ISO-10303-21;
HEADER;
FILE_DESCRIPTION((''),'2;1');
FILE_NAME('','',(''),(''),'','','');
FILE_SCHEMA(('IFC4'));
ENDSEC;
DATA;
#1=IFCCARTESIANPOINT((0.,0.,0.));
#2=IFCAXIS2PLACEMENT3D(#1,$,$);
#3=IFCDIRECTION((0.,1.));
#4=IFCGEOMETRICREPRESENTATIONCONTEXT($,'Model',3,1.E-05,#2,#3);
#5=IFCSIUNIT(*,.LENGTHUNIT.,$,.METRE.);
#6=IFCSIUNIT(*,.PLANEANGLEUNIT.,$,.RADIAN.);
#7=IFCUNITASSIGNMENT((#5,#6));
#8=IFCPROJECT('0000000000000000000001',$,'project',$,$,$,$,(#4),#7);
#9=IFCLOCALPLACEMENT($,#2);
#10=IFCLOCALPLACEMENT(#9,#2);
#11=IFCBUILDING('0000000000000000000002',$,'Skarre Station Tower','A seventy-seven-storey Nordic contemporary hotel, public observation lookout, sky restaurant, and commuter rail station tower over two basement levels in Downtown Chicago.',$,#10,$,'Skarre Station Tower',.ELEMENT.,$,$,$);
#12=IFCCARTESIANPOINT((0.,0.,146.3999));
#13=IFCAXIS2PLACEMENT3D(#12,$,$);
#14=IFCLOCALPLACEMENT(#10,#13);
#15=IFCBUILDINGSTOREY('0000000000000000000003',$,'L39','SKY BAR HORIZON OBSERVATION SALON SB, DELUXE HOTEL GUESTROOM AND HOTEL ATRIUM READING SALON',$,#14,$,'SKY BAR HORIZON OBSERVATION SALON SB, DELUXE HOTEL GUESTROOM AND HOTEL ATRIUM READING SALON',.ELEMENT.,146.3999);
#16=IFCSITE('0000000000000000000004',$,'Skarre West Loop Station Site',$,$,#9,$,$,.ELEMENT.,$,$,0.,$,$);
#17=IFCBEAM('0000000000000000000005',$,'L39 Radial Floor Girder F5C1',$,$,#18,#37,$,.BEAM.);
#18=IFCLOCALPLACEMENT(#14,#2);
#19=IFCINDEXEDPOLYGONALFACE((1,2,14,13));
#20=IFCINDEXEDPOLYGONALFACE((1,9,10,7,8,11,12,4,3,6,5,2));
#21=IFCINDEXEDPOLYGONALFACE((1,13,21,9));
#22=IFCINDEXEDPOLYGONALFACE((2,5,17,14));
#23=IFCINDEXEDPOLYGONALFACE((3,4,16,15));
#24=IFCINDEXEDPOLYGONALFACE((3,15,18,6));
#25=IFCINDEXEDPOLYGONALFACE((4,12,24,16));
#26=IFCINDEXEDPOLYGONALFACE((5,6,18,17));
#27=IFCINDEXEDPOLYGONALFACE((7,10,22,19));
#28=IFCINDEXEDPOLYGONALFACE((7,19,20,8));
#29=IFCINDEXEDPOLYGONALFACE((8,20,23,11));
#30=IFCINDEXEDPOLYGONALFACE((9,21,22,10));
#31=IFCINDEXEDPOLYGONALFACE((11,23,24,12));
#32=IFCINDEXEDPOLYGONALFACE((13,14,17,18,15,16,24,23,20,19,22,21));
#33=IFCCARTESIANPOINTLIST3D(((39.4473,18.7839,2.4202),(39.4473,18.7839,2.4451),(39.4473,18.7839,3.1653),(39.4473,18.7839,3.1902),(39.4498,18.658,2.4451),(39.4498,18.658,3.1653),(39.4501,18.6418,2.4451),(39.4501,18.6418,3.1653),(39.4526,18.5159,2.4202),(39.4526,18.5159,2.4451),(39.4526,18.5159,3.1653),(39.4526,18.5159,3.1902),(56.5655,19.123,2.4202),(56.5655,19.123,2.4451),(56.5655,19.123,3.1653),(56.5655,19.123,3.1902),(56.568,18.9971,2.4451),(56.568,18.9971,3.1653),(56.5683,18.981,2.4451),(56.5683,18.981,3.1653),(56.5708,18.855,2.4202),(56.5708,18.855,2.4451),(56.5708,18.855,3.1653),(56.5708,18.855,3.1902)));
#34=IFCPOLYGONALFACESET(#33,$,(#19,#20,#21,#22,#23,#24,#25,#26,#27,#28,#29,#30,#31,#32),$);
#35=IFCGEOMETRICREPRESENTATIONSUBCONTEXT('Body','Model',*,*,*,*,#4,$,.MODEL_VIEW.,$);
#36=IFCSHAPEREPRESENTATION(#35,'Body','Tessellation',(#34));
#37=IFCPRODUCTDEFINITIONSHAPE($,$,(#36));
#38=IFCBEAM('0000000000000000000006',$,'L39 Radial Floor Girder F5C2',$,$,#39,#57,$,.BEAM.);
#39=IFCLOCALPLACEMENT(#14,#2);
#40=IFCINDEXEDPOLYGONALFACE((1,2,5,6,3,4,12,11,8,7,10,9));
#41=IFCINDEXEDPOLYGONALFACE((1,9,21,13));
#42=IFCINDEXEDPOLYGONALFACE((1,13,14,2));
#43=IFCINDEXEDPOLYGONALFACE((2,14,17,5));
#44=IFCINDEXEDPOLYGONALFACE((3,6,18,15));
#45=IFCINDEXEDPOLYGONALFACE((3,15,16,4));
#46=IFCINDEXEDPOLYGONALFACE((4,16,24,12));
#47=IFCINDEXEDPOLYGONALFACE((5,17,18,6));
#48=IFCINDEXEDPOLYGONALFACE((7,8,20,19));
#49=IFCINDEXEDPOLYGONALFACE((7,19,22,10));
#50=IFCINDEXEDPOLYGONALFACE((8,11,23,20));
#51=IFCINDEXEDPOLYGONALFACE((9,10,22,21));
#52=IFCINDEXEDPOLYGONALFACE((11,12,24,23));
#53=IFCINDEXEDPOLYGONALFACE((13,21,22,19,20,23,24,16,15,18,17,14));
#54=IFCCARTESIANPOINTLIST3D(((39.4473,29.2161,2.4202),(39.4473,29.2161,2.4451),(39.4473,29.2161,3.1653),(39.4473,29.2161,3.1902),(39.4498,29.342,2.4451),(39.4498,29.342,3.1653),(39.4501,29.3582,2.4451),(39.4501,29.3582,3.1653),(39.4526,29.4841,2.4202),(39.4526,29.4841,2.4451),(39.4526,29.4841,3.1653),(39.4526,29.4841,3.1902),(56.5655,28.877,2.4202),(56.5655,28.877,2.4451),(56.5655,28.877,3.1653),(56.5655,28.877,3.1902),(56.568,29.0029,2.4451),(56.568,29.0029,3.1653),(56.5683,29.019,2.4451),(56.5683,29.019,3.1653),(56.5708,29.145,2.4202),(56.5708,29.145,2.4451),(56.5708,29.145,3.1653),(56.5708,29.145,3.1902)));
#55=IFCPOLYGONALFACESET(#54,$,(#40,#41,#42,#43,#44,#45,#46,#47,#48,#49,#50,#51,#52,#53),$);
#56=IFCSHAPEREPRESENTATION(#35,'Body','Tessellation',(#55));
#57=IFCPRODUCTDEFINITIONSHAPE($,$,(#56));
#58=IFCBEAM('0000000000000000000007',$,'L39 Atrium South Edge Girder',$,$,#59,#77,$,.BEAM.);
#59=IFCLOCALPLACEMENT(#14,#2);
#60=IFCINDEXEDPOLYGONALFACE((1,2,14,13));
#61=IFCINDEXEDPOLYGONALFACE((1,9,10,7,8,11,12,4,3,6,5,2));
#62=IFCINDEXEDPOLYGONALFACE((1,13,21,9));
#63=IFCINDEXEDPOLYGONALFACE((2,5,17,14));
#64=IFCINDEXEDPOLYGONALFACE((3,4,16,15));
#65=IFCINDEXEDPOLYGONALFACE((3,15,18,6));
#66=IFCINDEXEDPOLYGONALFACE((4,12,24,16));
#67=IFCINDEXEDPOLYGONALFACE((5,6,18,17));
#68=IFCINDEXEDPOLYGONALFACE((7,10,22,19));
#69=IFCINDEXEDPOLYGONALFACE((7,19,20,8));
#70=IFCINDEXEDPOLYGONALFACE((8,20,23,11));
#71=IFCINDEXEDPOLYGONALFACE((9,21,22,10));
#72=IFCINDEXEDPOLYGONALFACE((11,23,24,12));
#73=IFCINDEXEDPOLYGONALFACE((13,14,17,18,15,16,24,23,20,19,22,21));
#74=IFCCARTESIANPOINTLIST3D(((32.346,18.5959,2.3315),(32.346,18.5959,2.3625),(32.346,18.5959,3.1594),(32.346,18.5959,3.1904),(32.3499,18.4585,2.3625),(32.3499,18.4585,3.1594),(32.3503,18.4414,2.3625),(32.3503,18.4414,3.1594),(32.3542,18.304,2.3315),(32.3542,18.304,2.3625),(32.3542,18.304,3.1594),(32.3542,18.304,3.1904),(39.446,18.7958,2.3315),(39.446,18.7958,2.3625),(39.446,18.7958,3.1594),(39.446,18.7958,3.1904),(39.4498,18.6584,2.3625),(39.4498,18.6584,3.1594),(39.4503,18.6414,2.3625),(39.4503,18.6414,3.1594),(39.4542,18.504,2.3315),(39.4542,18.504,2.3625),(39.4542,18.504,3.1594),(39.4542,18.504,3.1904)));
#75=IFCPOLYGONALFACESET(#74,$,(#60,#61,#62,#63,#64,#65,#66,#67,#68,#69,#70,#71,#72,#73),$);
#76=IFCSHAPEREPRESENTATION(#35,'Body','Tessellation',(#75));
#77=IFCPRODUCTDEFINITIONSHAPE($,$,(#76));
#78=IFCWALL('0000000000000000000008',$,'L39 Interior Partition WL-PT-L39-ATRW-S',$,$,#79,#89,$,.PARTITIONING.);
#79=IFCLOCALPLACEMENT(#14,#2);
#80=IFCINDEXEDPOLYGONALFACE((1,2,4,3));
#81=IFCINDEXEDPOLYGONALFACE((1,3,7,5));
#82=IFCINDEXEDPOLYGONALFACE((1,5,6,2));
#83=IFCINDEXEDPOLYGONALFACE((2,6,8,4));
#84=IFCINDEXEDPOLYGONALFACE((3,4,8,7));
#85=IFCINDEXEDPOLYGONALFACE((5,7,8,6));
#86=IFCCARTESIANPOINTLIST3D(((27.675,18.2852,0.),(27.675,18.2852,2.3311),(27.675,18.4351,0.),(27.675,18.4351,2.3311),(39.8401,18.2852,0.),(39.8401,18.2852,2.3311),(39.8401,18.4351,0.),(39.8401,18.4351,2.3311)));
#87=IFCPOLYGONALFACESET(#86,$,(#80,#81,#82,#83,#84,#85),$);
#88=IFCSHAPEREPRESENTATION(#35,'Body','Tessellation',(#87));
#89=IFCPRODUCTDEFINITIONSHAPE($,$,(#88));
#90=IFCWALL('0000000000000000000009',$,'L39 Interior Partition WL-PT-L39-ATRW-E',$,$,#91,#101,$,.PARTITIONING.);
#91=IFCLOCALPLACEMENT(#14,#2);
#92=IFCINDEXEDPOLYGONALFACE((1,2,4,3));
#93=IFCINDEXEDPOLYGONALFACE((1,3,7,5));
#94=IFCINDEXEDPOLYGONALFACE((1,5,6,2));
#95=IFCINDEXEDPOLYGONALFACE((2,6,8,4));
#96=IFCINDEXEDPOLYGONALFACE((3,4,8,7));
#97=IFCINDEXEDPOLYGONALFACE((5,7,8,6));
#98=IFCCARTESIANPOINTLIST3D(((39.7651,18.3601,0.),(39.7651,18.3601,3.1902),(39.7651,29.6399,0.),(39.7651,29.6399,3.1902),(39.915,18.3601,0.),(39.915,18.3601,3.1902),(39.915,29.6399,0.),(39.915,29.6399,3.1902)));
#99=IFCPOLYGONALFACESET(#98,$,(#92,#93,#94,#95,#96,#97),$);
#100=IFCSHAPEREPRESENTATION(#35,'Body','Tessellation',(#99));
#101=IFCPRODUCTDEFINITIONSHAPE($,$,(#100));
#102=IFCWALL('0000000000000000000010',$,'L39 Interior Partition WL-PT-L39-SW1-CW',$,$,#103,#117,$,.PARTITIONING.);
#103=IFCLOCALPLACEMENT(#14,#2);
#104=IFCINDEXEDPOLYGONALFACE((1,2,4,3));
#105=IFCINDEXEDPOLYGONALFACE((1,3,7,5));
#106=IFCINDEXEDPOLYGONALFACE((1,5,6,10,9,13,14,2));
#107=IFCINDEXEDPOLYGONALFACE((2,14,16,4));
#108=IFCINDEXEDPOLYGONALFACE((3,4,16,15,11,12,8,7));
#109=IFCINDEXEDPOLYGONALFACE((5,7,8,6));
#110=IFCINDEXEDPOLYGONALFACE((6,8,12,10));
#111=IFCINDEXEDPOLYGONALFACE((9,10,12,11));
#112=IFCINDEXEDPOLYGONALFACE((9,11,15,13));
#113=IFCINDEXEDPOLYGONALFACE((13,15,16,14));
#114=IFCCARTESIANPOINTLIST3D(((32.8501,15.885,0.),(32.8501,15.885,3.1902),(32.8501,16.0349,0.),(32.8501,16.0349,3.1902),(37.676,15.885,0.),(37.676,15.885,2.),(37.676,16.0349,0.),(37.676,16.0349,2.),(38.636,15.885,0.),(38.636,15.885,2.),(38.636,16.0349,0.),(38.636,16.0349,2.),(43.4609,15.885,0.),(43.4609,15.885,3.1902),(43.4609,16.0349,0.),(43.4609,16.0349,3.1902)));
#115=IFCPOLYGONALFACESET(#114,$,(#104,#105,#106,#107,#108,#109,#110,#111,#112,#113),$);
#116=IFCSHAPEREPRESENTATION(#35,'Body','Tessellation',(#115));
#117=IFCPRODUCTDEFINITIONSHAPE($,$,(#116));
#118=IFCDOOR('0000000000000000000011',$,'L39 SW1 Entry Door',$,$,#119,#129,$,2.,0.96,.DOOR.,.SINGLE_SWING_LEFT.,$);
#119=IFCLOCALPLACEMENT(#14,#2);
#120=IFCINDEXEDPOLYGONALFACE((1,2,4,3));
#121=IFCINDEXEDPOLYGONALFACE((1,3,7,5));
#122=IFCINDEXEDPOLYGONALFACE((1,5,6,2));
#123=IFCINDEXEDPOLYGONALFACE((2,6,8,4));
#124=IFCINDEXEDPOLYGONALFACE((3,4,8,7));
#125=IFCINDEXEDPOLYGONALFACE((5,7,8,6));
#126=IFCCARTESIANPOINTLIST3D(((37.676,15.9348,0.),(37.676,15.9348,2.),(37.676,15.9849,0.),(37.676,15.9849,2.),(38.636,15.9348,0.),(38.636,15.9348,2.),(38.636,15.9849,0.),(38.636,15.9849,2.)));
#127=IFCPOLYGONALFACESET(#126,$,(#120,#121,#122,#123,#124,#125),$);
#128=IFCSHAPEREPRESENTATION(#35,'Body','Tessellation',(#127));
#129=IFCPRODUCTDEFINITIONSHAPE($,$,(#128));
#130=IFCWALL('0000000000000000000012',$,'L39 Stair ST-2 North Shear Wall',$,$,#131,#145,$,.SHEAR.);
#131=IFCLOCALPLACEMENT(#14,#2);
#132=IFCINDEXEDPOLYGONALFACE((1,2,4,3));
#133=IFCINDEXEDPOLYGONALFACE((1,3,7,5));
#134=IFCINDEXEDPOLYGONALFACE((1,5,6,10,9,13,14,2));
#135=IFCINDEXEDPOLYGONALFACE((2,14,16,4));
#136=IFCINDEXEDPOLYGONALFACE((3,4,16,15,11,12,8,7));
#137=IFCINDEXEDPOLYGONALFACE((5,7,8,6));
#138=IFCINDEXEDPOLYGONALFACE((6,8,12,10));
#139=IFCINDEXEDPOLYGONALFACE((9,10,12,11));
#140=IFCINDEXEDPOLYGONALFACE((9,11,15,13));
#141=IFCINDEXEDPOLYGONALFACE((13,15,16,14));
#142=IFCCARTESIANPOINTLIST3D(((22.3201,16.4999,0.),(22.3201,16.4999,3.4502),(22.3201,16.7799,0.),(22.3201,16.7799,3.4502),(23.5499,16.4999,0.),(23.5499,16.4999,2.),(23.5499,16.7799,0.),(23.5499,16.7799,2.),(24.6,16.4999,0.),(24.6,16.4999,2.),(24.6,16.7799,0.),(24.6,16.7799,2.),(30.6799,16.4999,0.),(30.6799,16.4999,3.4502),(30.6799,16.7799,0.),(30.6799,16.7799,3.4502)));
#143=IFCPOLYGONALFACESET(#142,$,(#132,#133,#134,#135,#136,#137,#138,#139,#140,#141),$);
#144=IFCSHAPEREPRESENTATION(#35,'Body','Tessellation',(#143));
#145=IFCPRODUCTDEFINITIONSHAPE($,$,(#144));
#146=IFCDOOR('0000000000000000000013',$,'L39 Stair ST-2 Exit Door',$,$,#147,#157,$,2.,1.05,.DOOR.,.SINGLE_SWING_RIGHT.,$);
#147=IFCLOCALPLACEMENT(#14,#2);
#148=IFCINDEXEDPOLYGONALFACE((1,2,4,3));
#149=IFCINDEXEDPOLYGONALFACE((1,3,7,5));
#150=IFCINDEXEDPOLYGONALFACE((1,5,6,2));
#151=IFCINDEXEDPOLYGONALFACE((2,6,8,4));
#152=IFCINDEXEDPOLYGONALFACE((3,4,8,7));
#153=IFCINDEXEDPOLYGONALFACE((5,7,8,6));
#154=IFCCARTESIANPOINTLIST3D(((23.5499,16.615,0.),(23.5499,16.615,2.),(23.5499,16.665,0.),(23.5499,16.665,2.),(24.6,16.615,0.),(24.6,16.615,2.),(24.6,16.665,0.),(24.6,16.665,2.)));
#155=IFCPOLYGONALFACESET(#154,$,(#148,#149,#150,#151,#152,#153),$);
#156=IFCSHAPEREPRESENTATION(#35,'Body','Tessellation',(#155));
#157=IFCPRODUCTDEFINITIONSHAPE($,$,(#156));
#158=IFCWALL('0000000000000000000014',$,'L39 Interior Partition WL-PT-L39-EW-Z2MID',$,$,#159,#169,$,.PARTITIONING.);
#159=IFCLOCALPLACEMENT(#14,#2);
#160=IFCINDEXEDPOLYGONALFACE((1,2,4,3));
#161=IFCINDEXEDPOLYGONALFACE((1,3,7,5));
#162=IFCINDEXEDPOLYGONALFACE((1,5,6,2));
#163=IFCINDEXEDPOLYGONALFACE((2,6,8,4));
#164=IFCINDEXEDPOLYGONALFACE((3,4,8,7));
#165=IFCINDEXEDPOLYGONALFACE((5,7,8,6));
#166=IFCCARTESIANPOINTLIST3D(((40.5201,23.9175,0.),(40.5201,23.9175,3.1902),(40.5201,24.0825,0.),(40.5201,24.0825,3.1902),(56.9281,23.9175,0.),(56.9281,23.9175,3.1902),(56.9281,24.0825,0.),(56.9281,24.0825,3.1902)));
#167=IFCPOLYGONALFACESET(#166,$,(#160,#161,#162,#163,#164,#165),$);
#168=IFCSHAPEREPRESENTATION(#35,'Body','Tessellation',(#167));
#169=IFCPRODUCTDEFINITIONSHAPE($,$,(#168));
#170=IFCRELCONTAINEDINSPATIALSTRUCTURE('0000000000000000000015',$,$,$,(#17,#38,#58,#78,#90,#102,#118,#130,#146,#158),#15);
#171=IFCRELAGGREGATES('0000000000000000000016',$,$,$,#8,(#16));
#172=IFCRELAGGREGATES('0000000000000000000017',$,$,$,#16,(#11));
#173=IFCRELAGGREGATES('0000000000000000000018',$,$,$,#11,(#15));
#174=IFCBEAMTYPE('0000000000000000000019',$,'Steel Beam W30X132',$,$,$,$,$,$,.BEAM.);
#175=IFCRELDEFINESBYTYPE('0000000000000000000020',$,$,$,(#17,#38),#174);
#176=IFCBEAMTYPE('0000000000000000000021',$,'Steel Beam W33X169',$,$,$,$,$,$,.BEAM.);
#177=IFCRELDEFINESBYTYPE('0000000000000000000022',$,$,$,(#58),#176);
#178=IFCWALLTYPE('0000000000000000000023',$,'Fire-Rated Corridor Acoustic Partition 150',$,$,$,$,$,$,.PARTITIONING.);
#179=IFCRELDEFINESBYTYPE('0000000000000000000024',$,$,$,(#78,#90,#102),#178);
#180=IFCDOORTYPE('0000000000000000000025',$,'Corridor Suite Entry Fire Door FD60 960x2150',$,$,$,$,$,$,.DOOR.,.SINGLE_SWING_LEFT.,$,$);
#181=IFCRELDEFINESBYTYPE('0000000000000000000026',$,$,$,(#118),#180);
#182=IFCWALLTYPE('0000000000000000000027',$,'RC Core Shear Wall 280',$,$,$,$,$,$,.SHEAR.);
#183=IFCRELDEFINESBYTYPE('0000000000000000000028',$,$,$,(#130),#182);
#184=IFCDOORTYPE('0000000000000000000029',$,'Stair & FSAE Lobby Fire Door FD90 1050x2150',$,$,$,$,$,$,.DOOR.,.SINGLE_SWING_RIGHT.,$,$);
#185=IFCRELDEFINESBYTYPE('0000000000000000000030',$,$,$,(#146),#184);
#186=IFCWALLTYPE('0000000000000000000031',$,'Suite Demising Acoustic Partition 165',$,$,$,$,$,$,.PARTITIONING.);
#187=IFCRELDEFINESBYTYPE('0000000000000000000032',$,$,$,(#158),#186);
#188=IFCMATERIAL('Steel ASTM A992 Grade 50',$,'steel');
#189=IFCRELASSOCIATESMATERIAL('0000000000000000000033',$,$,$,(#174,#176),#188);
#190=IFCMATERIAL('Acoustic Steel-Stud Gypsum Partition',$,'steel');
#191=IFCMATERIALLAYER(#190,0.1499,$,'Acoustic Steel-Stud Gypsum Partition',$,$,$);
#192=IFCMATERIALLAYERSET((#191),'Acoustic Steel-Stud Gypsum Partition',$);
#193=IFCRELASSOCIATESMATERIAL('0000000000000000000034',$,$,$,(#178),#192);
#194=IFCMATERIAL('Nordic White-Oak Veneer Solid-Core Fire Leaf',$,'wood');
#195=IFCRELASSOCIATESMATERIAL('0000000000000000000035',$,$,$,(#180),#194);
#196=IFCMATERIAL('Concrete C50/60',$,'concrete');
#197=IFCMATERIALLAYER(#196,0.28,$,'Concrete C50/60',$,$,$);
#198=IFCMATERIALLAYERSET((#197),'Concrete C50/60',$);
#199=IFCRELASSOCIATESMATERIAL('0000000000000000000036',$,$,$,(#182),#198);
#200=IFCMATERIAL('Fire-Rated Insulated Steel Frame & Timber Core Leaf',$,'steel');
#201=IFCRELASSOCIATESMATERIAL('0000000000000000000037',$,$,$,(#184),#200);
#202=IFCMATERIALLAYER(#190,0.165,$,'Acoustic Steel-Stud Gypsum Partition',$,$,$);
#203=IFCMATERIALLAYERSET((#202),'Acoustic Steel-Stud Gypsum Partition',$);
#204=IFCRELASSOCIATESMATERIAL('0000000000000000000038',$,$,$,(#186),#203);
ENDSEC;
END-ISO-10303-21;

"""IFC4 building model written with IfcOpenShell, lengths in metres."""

from ifc_helpers import new_model, si_unit, direction, frame, frame_2d, origin, origin_2d, place, context, subcontext, project, spatial, rectangle, i_section, extrude, material, layer, layer_set, material_profile, profile_set, type_object, element, fill, save


model = new_model("IFC4")

# Units and contexts
model_context = context("Model", 3, precision=1e-05, world=origin(), true_north=direction((0.0, 1.0)))
body_context = subcontext(model_context, "Body", "Model", "MODEL_VIEW")
ifc_project = project(units=[si_unit("LENGTHUNIT", "METRE"), si_unit("PLANEANGLEUNIT", "RADIAN")], contexts=[model_context])

# Site, building, storey
site_placement = place(None, origin())
site = spatial("IfcSite", under=ifc_project, at=site_placement, Name="Skarre West Loop Station Site", CompositionType="ELEMENT", RefElevation=0.0)
building_placement = place(site_placement, origin())
building = spatial("IfcBuilding", under=site, at=building_placement, Name="Skarre Station Tower", Description="A seventy-seven-storey Nordic contemporary hotel, public observation lookout, sky restaurant, and commuter rail station tower over two basement levels in Downtown Chicago.", LongName="Skarre Station Tower", CompositionType="ELEMENT")
storey_placement = place(building_placement, frame((0.0, 0.0, 146.3999)))
storey = spatial("IfcBuildingStorey", under=building, at=storey_placement, Name="L39", Description="SKY BAR HORIZON OBSERVATION SALON SB, DELUXE HOTEL GUESTROOM AND HOTEL ATRIUM READING SALON", LongName="SKY BAR HORIZON OBSERVATION SALON SB, DELUXE HOTEL GUESTROOM AND HOTEL ATRIUM READING SALON", CompositionType="ELEMENT", Elevation=146.3999)

# Beams
ifc_material_1 = material(Name="Steel ASTM A992 Grade 50", Category="steel")
ifc_material_profile_1 = material_profile(ifc_material_1, i_section(OverallWidth=0.2681, OverallDepth=0.77, WebThickness=0.0161, FlangeThickness=0.0249, at=origin_2d()), Name="Steel ASTM A992 Grade 50")
ifc_profile_set_1 = profile_set([ifc_material_profile_1], Name="Steel ASTM A992 Grade 50")
beam_type_1 = type_object("IfcBeamType", Name="Steel Beam W30X132", PredefinedType="BEAM", material=ifc_profile_set_1)
for number, where, z_axis, x_axis, name in (
    (1, (39.45, 18.6499, 2.8052), (0.999804, 0.019806, 0.0), (-0.019806, 0.999804, 0.0), "L39 Radial Floor Girder F5C1"),
    (2, (39.45, 29.3501, 2.8052), (0.999804, -0.019806, 0.0), (0.019806, 0.999804, 0.0), "L39 Radial Floor Girder F5C2"),
):
    element("IfcBeam", number, at=place(storey_placement, frame(where, z_axis=z_axis, x_axis=x_axis)), inside=storey, type_object=beam_type_1, Name=name, PredefinedType="BEAM", context=body_context, shape_type="SweptSolid", body=[
        extrude(i_section(OverallWidth=0.2681, OverallDepth=0.77, WebThickness=0.0161, FlangeThickness=0.0249, at=origin_2d()), origin(), (0.0, 0.0, 1.0), 17.1216),
    ])
ifc_material_profile_2 = material_profile(ifc_material_1, i_section(OverallWidth=0.292, OverallDepth=0.8589, WebThickness=0.0171, FlangeThickness=0.031, at=origin_2d()), Name="Steel ASTM A992 Grade 50")
ifc_profile_set_2 = profile_set([ifc_material_profile_2], Name="Steel ASTM A992 Grade 50")
beam_type_2 = type_object("IfcBeamType", Name="Steel Beam W33X169", PredefinedType="BEAM", material=ifc_profile_set_2)
beam_1_placement = place(storey_placement, frame((32.3501, 18.45, 2.761), z_axis=(0.999604, 0.028152, 0.0), x_axis=(-0.028152, 0.999604, 0.0)))
element("IfcBeam", 3, at=beam_1_placement, inside=storey, type_object=beam_type_2, Name="L39 Atrium South Edge Girder", PredefinedType="BEAM", context=body_context, shape_type="SweptSolid", body=[
    extrude(i_section(OverallWidth=0.292, OverallDepth=0.8589, WebThickness=0.0171, FlangeThickness=0.031, at=origin_2d()), origin(), (0.0, 0.0, 1.0), 7.1028),
])

# Walls
ifc_material_2 = material(Name="Acoustic Steel-Stud Gypsum Partition", Category="steel")
ifc_layer_1 = layer(ifc_material_2, 0.1499, Name="Acoustic Steel-Stud Gypsum Partition")
ifc_layer_set_1 = layer_set([ifc_layer_1], Name="Acoustic Steel-Stud Gypsum Partition")
wall_type_1 = type_object("IfcWallType", Name="Fire-Rated Corridor Acoustic Partition 150", PredefinedType="PARTITIONING", material=ifc_layer_set_1)
wall_1_placement = place(storey_placement, frame((27.675, 18.3601, 0.0), z_axis=(0.0, 0.0, 1.0), x_axis=(1.0, 0.0, 0.0)))
element("IfcWall", 4, at=wall_1_placement, inside=storey, type_object=wall_type_1, Name="L39 Interior Partition WL-PT-L39-ATRW-S", PredefinedType="PARTITIONING", context=body_context, shape_type="SweptSolid", body=[
    extrude(rectangle(XDim=12.165, YDim=0.1499, at=frame_2d((6.0825, 0.0))), origin(), (0.0, 0.0, 1.0), 2.3311),
])
wall_2_placement = place(storey_placement, frame((39.8401, 18.3601, 0.0), z_axis=(0.0, 0.0, 1.0), x_axis=(0.0, 1.0, 0.0)))
element("IfcWall", 5, at=wall_2_placement, inside=storey, type_object=wall_type_1, Name="L39 Interior Partition WL-PT-L39-ATRW-E", PredefinedType="PARTITIONING", context=body_context, shape_type="SweptSolid", body=[
    extrude(rectangle(XDim=11.2798, YDim=0.1499, at=frame_2d((5.6399, 0.0))), origin(), (0.0, 0.0, 1.0), 3.1902),
])

# Walls, openings, doors
wall_3_placement = place(storey_placement, frame((32.8501, 15.96, 0.0), z_axis=(0.0, 0.0, 1.0), x_axis=(1.0, 0.0, 0.0)))
wall_3 = element("IfcWall", 6, at=wall_3_placement, inside=storey, type_object=wall_type_1, Name="L39 Interior Partition WL-PT-L39-SW1-CW", PredefinedType="PARTITIONING", context=body_context, shape_type="SweptSolid", body=[
    extrude(rectangle(XDim=10.6108, YDim=0.1499, at=frame_2d((5.3054, 0.0))), origin(), (0.0, 0.0, 1.0), 3.1902),
])
opening_1_placement = place(wall_3_placement, frame((4.8259, 0.0, 0.0)))
opening_1 = element("IfcOpeningElement", 7, at=opening_1_placement, cuts=wall_3, PredefinedType="OPENING", context=body_context, shape_type="SweptSolid", body=[
    extrude(rectangle(XDim=0.96, YDim=2.0, at=frame_2d((0.48, 1.0))), frame((0.0, 0.085, 0.0), z_axis=(0.0, -1.0, 0.0), x_axis=(1.0, 0.0, 0.0)), (0.0, 0.0, 1.0), 0.1699),
])
ifc_material_3 = material(Name="Nordic White-Oak Veneer Solid-Core Fire Leaf", Category="wood")
door_type_1 = type_object("IfcDoorType", Name="Corridor Suite Entry Fire Door FD60 960x2150", OperationType="SINGLE_SWING_LEFT", PredefinedType="DOOR", material=ifc_material_3)
door_1_placement = place(opening_1_placement, origin())
door_1 = element("IfcDoor", 8, at=door_1_placement, inside=storey, type_object=door_type_1, Name="L39 SW1 Entry Door", OperationType="SINGLE_SWING_LEFT", OverallHeight=2.0, OverallWidth=0.96, PredefinedType="DOOR", context=body_context, shape_type="SweptSolid", body=[
    extrude(rectangle(XDim=0.96, YDim=2.0, at=frame_2d((0.48, 1.0))), frame((0.0, 0.0249, 0.0), z_axis=(0.0, -1.0, 0.0), x_axis=(1.0, 0.0, 0.0)), (0.0, 0.0, 1.0), 0.05),
])
fill(opening_1, door_1)
ifc_material_4 = material(Name="Concrete C50/60", Category="concrete")
ifc_layer_2 = layer(ifc_material_4, 0.28, Name="Concrete C50/60")
ifc_layer_set_2 = layer_set([ifc_layer_2], Name="Concrete C50/60")
wall_type_2 = type_object("IfcWallType", Name="RC Core Shear Wall 280", PredefinedType="SHEAR", material=ifc_layer_set_2)
wall_4_placement = place(storey_placement, frame((30.6799, 16.6399, 0.0), z_axis=(0.0, 0.0, 1.0), x_axis=(-1.0, 0.0, 0.0)))
wall_4 = element("IfcWall", 9, at=wall_4_placement, inside=storey, type_object=wall_type_2, Name="L39 Stair ST-2 North Shear Wall", PredefinedType="SHEAR", context=body_context, shape_type="SweptSolid", body=[
    extrude(rectangle(XDim=8.3599, YDim=0.28, at=frame_2d((4.1799, 0.0))), origin(), (0.0, 0.0, 1.0), 3.4502),
])
opening_2_placement = place(wall_4_placement, frame((6.0801, 0.0, 0.0)))
opening_2 = element("IfcOpeningElement", 10, at=opening_2_placement, cuts=wall_4, PredefinedType="OPENING", context=body_context, shape_type="SweptSolid", body=[
    extrude(rectangle(XDim=1.05, YDim=2.0, at=frame_2d((0.5249, 1.0))), frame((0.0, 0.1499, 0.0), z_axis=(0.0, -1.0, 0.0), x_axis=(1.0, 0.0, 0.0)), (0.0, 0.0, 1.0), 0.3),
])
ifc_material_5 = material(Name="Fire-Rated Insulated Steel Frame & Timber Core Leaf", Category="steel")
door_type_2 = type_object("IfcDoorType", Name="Stair & FSAE Lobby Fire Door FD90 1050x2150", OperationType="SINGLE_SWING_RIGHT", PredefinedType="DOOR", material=ifc_material_5)
door_2_placement = place(opening_2_placement, origin())
door_2 = element("IfcDoor", 11, at=door_2_placement, inside=storey, type_object=door_type_2, Name="L39 Stair ST-2 Exit Door", OperationType="SINGLE_SWING_RIGHT", OverallHeight=2.0, OverallWidth=1.05, PredefinedType="DOOR", context=body_context, shape_type="SweptSolid", body=[
    extrude(rectangle(XDim=1.05, YDim=2.0, at=frame_2d((0.5249, 1.0))), frame((0.0, 0.0249, 0.0), z_axis=(0.0, -1.0, 0.0), x_axis=(1.0, 0.0, 0.0)), (0.0, 0.0, 1.0), 0.05),
])
fill(opening_2, door_2)

# Wall
ifc_layer_3 = layer(ifc_material_2, 0.165, Name="Acoustic Steel-Stud Gypsum Partition")
ifc_layer_set_3 = layer_set([ifc_layer_3], Name="Acoustic Steel-Stud Gypsum Partition")
wall_type_3 = type_object("IfcWallType", Name="Suite Demising Acoustic Partition 165", PredefinedType="PARTITIONING", material=ifc_layer_set_3)
wall_5_placement = place(storey_placement, frame((40.52, 24.0, 0.0), z_axis=(0.0, 0.0, 1.0), x_axis=(1.0, 0.0, 0.0)))
element("IfcWall", 12, at=wall_5_placement, inside=storey, type_object=wall_type_3, Name="L39 Interior Partition WL-PT-L39-EW-Z2MID", PredefinedType="PARTITIONING", context=body_context, shape_type="SweptSolid", body=[
    extrude(rectangle(XDim=16.408, YDim=0.165, at=frame_2d((8.2041, 0.0))), origin(), (0.0, 0.0, 1.0), 3.1902),
])

save(model, "model.ifc")
